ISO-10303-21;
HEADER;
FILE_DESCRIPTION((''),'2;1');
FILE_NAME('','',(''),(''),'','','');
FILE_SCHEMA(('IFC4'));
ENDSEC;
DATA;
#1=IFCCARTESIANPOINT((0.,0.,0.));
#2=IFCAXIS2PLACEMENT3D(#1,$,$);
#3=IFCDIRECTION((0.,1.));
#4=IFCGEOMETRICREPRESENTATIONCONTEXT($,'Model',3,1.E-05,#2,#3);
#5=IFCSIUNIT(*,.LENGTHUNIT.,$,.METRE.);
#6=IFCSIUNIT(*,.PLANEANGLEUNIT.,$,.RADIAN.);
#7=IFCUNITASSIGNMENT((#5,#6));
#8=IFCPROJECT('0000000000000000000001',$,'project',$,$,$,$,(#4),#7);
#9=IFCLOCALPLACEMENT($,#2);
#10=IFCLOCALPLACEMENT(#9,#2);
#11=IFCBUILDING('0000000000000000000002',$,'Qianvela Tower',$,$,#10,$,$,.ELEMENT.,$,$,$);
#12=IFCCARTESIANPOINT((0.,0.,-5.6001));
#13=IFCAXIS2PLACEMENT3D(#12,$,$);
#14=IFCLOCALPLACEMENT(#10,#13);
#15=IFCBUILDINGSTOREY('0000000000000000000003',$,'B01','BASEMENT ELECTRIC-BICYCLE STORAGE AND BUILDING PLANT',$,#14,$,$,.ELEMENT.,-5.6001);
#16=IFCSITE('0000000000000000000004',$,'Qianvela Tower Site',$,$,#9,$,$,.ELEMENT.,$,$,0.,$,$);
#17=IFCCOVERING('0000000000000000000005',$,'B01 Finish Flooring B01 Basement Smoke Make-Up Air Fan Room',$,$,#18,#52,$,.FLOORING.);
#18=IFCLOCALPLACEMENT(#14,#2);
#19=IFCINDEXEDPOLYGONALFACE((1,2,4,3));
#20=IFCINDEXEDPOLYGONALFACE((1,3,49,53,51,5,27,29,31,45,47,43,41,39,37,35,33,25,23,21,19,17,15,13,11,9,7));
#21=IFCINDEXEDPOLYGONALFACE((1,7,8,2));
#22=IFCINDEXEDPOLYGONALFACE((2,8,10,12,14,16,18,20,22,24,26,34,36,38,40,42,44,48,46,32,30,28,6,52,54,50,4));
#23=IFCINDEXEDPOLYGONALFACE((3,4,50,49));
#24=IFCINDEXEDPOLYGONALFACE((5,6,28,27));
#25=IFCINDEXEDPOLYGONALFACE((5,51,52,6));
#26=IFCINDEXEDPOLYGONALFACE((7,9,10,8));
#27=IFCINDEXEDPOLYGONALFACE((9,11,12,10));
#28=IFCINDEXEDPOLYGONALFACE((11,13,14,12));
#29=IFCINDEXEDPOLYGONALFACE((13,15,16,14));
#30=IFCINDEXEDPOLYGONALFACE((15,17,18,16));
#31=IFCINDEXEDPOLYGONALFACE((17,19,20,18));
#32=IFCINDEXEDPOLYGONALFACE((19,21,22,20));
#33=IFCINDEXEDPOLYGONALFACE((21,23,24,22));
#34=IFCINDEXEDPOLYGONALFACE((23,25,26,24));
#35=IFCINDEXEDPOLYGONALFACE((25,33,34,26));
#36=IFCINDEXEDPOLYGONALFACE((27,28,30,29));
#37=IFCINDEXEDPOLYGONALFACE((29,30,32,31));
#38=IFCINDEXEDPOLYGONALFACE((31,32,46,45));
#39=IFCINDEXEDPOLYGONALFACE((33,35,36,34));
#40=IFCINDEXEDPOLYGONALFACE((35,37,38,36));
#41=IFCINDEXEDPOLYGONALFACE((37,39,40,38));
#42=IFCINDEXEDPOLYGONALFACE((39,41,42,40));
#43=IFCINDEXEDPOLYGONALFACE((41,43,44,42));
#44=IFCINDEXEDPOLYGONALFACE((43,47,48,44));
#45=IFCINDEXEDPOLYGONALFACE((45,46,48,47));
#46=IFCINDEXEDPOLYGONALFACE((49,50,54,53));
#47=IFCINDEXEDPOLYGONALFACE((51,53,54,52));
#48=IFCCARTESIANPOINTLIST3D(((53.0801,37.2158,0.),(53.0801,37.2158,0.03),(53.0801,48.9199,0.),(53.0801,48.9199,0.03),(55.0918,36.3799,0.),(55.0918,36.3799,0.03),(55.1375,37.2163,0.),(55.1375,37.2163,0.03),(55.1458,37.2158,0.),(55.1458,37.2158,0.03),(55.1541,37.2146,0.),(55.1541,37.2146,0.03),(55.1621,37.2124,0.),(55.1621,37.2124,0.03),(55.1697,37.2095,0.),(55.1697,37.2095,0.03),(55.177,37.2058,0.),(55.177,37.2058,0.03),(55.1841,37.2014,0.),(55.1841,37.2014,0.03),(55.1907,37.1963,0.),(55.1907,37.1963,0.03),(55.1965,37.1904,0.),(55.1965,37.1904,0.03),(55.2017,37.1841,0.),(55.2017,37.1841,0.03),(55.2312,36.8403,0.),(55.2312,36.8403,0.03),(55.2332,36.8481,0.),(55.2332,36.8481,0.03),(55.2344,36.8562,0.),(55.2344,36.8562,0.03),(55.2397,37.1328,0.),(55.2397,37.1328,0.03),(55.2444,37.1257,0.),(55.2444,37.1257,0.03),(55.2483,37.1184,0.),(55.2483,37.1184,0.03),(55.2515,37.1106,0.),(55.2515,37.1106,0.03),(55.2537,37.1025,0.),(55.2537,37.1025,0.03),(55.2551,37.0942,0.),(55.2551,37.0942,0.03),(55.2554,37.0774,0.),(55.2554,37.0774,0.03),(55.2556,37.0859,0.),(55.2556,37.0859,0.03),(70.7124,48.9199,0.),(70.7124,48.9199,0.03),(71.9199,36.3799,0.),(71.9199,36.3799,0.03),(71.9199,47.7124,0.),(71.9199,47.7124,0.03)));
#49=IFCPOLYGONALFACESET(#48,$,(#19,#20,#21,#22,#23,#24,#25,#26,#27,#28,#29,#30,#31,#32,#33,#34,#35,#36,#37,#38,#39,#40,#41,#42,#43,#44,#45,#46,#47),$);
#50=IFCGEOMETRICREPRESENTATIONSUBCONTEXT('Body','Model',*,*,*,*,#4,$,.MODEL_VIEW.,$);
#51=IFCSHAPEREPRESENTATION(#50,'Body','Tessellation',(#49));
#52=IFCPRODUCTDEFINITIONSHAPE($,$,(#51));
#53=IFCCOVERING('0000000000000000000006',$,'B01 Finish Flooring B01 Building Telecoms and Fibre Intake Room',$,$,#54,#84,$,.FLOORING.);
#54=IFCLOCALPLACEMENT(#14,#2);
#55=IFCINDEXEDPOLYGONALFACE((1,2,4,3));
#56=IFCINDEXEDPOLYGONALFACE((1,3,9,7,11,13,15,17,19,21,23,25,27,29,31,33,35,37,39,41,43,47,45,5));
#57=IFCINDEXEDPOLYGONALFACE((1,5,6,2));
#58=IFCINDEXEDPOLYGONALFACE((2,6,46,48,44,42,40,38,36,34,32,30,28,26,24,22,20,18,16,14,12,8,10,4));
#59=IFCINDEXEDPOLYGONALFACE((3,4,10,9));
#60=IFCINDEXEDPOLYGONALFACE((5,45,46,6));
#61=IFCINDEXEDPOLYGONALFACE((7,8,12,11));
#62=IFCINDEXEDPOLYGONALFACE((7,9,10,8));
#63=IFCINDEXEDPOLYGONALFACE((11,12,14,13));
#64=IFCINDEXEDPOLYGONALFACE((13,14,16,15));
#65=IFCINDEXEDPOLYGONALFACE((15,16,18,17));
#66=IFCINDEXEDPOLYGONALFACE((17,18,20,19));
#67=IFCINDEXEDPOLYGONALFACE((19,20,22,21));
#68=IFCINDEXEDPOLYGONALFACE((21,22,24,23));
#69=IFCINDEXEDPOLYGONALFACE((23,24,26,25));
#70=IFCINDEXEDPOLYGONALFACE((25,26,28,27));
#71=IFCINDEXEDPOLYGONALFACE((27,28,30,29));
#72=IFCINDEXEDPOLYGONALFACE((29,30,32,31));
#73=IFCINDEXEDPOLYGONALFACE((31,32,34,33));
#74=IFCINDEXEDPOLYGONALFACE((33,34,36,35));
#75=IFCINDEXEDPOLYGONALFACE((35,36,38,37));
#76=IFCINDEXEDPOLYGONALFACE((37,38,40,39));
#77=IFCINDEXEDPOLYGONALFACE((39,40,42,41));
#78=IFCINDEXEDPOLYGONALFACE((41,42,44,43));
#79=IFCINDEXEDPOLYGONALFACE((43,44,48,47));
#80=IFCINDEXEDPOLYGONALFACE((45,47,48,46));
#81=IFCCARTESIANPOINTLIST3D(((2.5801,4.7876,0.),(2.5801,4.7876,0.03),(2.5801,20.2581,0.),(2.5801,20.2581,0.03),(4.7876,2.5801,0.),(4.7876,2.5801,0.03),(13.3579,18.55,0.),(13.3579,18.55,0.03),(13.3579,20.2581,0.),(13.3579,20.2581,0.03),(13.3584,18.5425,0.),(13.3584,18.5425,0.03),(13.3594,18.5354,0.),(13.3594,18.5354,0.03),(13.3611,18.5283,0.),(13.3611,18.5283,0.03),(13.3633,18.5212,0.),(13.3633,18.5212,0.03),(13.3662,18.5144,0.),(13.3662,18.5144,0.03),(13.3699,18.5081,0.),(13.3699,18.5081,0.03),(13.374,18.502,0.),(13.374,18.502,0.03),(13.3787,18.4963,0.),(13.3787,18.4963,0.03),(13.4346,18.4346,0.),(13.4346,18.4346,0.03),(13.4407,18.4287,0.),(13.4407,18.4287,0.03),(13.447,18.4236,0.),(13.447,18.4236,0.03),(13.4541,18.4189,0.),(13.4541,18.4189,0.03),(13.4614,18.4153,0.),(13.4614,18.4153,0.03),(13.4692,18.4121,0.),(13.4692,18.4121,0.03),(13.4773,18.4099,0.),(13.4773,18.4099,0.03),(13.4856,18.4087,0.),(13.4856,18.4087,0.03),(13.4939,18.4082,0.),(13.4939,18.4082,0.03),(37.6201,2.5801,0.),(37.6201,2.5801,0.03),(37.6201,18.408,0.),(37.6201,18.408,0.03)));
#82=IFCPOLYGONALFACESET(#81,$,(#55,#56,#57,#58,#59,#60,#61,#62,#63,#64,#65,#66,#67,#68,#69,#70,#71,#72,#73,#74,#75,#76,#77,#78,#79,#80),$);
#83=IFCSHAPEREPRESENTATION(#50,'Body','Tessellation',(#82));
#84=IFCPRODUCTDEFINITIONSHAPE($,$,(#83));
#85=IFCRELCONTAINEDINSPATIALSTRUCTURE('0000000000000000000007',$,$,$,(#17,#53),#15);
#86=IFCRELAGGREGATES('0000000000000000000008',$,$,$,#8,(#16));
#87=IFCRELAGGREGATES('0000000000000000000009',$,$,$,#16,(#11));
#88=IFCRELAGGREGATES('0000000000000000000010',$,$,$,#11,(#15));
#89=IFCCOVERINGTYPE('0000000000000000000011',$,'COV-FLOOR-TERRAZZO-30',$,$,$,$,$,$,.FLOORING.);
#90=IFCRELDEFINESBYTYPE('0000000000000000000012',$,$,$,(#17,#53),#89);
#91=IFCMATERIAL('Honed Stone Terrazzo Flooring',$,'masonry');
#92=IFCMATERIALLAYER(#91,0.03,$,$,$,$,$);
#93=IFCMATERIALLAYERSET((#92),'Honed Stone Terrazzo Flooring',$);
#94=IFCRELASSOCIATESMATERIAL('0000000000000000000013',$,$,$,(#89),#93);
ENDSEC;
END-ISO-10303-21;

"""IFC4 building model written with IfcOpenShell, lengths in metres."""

from ifc_helpers import new_model, si_unit, direction, frame, origin, place, context, subcontext, project, spatial, polyline, outline, extrude, material, layer, layer_set, type_object, element, save


model = new_model("IFC4")

# Units and contexts
model_context = context("Model", 3, precision=1e-05, world=origin(), true_north=direction((0.0, 1.0)))
body_context = subcontext(model_context, "Body", "Model", "MODEL_VIEW")
ifc_project = project(units=[si_unit("LENGTHUNIT", "METRE"), si_unit("PLANEANGLEUNIT", "RADIAN")], contexts=[model_context])

# Site, building, storey
site_placement = place(None, origin())
site = spatial("IfcSite", under=ifc_project, at=site_placement, Name="Qianvela Tower Site", CompositionType="ELEMENT", RefElevation=0.0)
building_placement = place(site_placement, origin())
building = spatial("IfcBuilding", under=site, at=building_placement, Name="Qianvela Tower", CompositionType="ELEMENT")
storey_placement = place(building_placement, frame((0.0, 0.0, -5.6001)))
storey = spatial("IfcBuildingStorey", under=building, at=storey_placement, Name="B01", Description="BASEMENT ELECTRIC-BICYCLE STORAGE AND BUILDING PLANT", CompositionType="ELEMENT", Elevation=-5.6001)

# Coverings
ifc_material_1 = material(Name="Honed Stone Terrazzo Flooring", Category="masonry")
ifc_layer_1 = layer(ifc_material_1, 0.03)
ifc_layer_set_1 = layer_set([ifc_layer_1], Name="Honed Stone Terrazzo Flooring")
covering_type_1 = type_object("IfcCoveringType", Name="COV-FLOOR-TERRAZZO-30", PredefinedType="FLOORING", material=ifc_layer_set_1)
covering_1_placement = place(storey_placement, origin())
element("IfcCovering", 1, at=covering_1_placement, inside=storey, type_object=covering_type_1, Name="B01 Finish Flooring B01 Basement Smoke Make-Up Air Fan Room", PredefinedType="FLOORING", context=body_context, shape_type="SweptSolid", body=[
    extrude(outline(polyline([(53.0801, 48.9199), (70.7124, 48.9199), (71.9199, 47.7124), (71.9199, 36.3799), (55.0918, 36.3799), (55.2312, 36.8403), (55.2332, 36.8481), (55.2344, 36.8562), (55.2554, 37.0774), (55.2556, 37.0859), (55.2551, 37.0942), (55.2537, 37.1025), (55.2515, 37.1106), (55.2483, 37.1184), (55.2444, 37.1257), (55.2397, 37.1328), (55.2017, 37.1841), (55.1965, 37.1904), (55.1907, 37.1963), (55.1841, 37.2014), (55.177, 37.2058), (55.1697, 37.2095), (55.1621, 37.2124), (55.1541, 37.2146), (55.1458, 37.2158), (55.1375, 37.2163), (53.0801, 37.2158), (53.0801, 48.9199)])), origin(), (0.0, 0.0, 1.0), 0.03),
])
covering_2_placement = place(storey_placement, origin())
element("IfcCovering", 2, at=covering_2_placement, inside=storey, type_object=covering_type_1, Name="B01 Finish Flooring B01 Building Telecoms and Fibre Intake Room", PredefinedType="FLOORING", context=body_context, shape_type="SweptSolid", body=[
    extrude(outline(polyline([(37.6201, 2.5801), (4.7876, 2.5801), (2.5801, 4.7876), (2.5801, 20.2581), (13.3579, 20.2581), (13.3579, 18.55), (13.3584, 18.5425), (13.3594, 18.5354), (13.3611, 18.5283), (13.3633, 18.5212), (13.3662, 18.5144), (13.3699, 18.5081), (13.374, 18.502), (13.3787, 18.4963), (13.4346, 18.4346), (13.4407, 18.4287), (13.447, 18.4236), (13.4541, 18.4189), (13.4614, 18.4153), (13.4692, 18.4121), (13.4773, 18.4099), (13.4856, 18.4087), (13.4939, 18.4082), (37.6201, 18.408), (37.6201, 2.5801)])), origin(), (0.0, 0.0, 1.0), 0.03),
])

save(model, "model.ifc")
